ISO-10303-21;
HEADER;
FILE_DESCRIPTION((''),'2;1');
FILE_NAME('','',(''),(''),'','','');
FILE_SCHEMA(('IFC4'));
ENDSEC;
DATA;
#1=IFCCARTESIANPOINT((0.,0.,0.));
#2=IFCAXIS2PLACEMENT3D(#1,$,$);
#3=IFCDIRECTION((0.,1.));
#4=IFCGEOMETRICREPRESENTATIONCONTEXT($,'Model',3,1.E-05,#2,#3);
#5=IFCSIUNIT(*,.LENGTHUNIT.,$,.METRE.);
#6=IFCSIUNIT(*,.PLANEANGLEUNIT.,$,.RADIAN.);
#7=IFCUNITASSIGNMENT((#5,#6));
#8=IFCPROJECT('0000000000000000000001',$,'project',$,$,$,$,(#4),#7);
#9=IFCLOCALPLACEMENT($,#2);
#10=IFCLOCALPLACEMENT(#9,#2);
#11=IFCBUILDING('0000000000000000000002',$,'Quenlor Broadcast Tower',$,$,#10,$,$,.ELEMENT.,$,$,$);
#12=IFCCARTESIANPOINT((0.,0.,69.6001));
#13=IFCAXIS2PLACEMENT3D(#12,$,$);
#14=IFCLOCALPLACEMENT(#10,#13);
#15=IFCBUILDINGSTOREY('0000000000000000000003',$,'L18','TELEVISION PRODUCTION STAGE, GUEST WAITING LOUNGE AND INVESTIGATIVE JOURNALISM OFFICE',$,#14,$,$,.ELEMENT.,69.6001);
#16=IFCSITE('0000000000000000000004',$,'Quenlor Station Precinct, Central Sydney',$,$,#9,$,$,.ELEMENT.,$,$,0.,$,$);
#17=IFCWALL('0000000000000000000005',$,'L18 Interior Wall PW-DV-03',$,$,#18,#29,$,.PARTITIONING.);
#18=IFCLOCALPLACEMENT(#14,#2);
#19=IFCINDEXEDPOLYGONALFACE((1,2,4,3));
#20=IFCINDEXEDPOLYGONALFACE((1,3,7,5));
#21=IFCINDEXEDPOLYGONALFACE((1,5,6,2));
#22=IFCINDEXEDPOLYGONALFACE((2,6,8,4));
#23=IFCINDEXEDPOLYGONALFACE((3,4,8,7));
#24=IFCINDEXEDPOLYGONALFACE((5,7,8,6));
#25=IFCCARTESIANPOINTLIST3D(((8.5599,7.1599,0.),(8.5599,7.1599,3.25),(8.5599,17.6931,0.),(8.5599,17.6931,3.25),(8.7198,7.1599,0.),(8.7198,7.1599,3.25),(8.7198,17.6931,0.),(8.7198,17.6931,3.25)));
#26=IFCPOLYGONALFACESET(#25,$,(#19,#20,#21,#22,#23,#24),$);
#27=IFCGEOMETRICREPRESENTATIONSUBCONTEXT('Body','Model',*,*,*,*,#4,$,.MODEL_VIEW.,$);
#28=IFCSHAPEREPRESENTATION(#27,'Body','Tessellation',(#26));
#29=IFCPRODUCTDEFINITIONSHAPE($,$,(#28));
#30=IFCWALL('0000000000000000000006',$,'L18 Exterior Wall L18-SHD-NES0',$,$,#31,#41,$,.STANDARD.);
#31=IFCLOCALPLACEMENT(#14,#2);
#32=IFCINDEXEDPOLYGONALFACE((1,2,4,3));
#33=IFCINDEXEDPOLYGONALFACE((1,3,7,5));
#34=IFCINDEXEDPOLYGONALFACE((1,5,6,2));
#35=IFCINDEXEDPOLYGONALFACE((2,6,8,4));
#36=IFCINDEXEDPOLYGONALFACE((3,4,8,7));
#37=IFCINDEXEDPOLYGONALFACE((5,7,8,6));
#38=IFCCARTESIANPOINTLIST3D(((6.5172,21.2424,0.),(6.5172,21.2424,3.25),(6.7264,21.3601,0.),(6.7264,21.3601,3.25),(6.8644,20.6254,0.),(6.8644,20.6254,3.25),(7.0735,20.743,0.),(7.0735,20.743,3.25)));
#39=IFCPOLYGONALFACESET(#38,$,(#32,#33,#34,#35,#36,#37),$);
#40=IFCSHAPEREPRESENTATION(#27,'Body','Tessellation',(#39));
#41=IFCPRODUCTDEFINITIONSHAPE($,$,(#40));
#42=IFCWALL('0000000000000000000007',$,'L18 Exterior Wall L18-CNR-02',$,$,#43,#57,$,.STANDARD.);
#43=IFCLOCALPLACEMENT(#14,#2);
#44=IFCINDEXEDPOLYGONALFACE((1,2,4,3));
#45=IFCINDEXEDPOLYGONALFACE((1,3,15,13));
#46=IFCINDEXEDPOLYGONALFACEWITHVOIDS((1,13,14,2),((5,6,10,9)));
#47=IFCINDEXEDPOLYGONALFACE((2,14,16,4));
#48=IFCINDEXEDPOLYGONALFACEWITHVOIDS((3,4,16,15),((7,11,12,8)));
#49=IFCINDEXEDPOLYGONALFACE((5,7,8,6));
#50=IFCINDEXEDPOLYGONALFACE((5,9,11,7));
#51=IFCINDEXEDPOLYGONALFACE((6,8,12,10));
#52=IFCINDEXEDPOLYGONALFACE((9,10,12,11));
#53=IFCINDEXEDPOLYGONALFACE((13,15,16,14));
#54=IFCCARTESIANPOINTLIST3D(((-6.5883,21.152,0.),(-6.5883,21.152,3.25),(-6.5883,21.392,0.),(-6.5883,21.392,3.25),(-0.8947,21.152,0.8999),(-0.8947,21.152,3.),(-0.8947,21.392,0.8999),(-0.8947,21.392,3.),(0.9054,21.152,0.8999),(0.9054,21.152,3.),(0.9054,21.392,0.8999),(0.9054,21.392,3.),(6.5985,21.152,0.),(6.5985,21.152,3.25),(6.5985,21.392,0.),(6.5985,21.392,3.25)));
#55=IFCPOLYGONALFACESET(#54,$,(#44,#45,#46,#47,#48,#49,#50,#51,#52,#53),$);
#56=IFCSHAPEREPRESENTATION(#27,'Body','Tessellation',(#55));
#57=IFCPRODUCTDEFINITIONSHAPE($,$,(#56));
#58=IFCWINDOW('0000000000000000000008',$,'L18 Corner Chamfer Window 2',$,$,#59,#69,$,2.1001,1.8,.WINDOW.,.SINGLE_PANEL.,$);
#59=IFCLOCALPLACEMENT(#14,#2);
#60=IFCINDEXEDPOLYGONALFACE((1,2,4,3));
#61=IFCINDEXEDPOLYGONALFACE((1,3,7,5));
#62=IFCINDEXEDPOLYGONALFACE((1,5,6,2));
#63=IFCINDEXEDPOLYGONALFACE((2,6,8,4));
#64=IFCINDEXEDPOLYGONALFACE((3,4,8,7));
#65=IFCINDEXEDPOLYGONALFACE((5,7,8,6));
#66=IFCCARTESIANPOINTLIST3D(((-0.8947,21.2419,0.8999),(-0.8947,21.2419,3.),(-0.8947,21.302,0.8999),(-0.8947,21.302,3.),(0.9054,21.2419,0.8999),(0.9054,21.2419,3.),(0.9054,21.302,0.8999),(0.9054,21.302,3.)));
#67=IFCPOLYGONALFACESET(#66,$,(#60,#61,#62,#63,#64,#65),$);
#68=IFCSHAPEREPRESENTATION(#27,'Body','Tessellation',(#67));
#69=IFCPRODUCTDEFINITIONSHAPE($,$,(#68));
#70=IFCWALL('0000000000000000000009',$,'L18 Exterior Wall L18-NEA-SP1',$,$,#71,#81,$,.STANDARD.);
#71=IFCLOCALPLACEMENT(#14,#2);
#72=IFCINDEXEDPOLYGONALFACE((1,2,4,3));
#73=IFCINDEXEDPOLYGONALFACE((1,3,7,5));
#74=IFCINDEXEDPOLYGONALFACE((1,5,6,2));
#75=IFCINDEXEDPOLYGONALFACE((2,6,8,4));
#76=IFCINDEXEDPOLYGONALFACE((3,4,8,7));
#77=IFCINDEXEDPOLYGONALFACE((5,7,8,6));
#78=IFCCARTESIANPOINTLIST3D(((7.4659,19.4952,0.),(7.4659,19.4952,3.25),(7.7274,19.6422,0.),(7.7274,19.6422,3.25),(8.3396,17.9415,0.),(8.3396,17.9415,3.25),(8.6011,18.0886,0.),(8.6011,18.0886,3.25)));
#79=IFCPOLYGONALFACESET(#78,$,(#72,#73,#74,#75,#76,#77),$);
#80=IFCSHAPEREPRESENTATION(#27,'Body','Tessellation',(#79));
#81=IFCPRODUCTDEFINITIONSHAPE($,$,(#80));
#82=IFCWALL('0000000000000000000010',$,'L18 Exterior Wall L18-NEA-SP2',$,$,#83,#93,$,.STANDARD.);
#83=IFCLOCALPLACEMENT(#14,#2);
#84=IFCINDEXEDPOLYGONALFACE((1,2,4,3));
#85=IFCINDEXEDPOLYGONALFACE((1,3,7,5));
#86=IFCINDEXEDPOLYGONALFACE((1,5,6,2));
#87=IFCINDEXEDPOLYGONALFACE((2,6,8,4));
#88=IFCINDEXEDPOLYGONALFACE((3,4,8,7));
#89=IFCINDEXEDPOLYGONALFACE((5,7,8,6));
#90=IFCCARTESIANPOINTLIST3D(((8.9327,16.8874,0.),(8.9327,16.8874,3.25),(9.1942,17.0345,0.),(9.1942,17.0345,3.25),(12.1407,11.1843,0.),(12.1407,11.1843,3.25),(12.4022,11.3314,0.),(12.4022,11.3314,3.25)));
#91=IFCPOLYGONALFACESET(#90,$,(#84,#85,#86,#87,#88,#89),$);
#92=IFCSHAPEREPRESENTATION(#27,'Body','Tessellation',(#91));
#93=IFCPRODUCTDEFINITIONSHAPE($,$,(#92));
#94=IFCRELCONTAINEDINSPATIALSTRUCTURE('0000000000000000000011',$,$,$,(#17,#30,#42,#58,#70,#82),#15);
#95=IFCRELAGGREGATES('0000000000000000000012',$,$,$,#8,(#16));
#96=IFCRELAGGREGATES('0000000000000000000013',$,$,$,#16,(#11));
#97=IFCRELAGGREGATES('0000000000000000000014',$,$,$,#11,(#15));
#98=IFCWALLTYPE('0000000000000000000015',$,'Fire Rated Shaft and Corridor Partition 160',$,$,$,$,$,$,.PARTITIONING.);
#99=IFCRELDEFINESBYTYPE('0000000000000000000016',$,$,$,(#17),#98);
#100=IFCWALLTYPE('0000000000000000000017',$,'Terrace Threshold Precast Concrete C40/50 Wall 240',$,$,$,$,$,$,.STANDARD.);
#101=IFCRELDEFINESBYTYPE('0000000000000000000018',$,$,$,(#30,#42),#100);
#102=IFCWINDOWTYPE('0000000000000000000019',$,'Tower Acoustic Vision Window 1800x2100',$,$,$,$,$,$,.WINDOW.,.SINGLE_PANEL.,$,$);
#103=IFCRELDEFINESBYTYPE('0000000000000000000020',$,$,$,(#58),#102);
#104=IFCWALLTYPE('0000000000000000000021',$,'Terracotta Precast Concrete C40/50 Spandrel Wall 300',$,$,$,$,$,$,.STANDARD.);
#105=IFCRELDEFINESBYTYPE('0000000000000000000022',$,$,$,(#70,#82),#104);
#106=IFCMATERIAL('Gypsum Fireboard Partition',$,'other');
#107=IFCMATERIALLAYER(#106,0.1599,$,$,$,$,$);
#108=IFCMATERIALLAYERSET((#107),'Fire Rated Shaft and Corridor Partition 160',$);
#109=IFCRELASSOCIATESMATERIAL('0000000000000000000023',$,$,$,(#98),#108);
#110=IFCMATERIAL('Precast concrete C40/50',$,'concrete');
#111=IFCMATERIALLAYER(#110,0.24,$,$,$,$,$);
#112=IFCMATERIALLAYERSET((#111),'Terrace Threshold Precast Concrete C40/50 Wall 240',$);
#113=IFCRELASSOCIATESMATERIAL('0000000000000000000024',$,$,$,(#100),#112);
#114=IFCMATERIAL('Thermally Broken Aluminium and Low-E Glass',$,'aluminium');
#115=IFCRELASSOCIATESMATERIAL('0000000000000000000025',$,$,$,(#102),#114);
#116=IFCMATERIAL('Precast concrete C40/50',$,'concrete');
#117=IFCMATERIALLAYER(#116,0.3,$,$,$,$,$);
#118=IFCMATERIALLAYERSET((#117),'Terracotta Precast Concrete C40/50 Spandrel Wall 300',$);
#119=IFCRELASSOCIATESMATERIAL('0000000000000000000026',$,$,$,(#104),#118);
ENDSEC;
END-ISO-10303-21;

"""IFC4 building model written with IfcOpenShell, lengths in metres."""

from ifc_helpers import new_model, si_unit, direction, frame, frame_2d, origin, place, context, subcontext, project, spatial, rectangle, extrude, material, layer, layer_set, type_object, element, fill, save


model = new_model("IFC4")

# Units and contexts
model_context = context("Model", 3, precision=1e-05, world=origin(), true_north=direction((0.0, 1.0)))
body_context = subcontext(model_context, "Body", "Model", "MODEL_VIEW")
ifc_project = project(units=[si_unit("LENGTHUNIT", "METRE"), si_unit("PLANEANGLEUNIT", "RADIAN")], contexts=[model_context])

# Site, building, storey
site_placement = place(None, origin())
site = spatial("IfcSite", under=ifc_project, at=site_placement, Name="Quenlor Station Precinct, Central Sydney", CompositionType="ELEMENT", RefElevation=0.0)
building_placement = place(site_placement, origin())
building = spatial("IfcBuilding", under=site, at=building_placement, Name="Quenlor Broadcast Tower", CompositionType="ELEMENT")
storey_placement = place(building_placement, frame((0.0, 0.0, 69.6001)))
storey = spatial("IfcBuildingStorey", under=building, at=storey_placement, Name="L18", Description="TELEVISION PRODUCTION STAGE, GUEST WAITING LOUNGE AND INVESTIGATIVE JOURNALISM OFFICE", CompositionType="ELEMENT", Elevation=69.6001)

# Walls
ifc_material_1 = material(Name="Gypsum Fireboard Partition", Category="other")
ifc_layer_1 = layer(ifc_material_1, 0.1599)
ifc_layer_set_1 = layer_set([ifc_layer_1], Name="Fire Rated Shaft and Corridor Partition 160")
wall_type_1 = type_object("IfcWallType", Name="Fire Rated Shaft and Corridor Partition 160", PredefinedType="PARTITIONING", material=ifc_layer_set_1)
wall_1_placement = place(storey_placement, frame((8.6399, 17.6931, 0.0), z_axis=(0.0, 0.0, 1.0), x_axis=(0.0, -1.0, 0.0)))
element("IfcWall", 1, at=wall_1_placement, inside=storey, type_object=wall_type_1, Name="L18 Interior Wall PW-DV-03", PredefinedType="PARTITIONING", context=body_context, shape_type="SweptSolid", body=[
    extrude(rectangle(XDim=10.5332, YDim=0.1599, at=frame_2d((5.2666, 0.0))), origin(), (0.0, 0.0, 1.0), 3.25),
])
ifc_material_2 = material(Name="Precast concrete C40/50", Category="concrete")
ifc_layer_2 = layer(ifc_material_2, 0.24)
ifc_layer_set_2 = layer_set([ifc_layer_2], Name="Terrace Threshold Precast Concrete C40/50 Wall 240")
wall_type_2 = type_object("IfcWallType", Name="Terrace Threshold Precast Concrete C40/50 Wall 240", PredefinedType="STANDARD", material=ifc_layer_set_2)
wall_2_placement = place(storey_placement, frame((6.6218, 21.3013, 0.0), z_axis=(0.0, 0.0, 1.0), x_axis=(0.490261, -0.871576, 0.0)))
element("IfcWall", 2, at=wall_2_placement, inside=storey, type_object=wall_type_2, Name="L18 Exterior Wall L18-SHD-NES0", PredefinedType="STANDARD", context=body_context, shape_type="SweptSolid", body=[
    extrude(rectangle(XDim=0.708, YDim=0.24, at=frame_2d((0.354, 0.0))), origin(), (0.0, 0.0, 1.0), 3.25),
])

# Wall, opening, window
wall_3_placement = place(storey_placement, frame((6.5984, 21.272, 0.0), z_axis=(0.0, 0.0, 1.0), x_axis=(-1.0, 0.0, 0.0)))
wall_3 = element("IfcWall", 3, at=wall_3_placement, inside=storey, type_object=wall_type_2, Name="L18 Exterior Wall L18-CNR-02", PredefinedType="STANDARD", context=body_context, shape_type="SweptSolid", body=[
    extrude(rectangle(XDim=13.1868, YDim=0.24, at=frame_2d((6.5933, 0.0))), origin(), (0.0, 0.0, 1.0), 3.25),
])
opening_placement = place(wall_3_placement, frame((5.6931, 0.0, 0.8999)))
opening = element("IfcOpeningElement", 4, at=opening_placement, cuts=wall_3, PredefinedType="OPENING", context=body_context, shape_type="SweptSolid", body=[
    extrude(rectangle(XDim=1.8, YDim=2.1001, at=frame_2d((0.8999, 1.05))), frame((0.0, 0.1299, 0.0), z_axis=(0.0, -1.0, 0.0), x_axis=(1.0, 0.0, 0.0)), (0.0, 0.0, 1.0), 0.26),
])
ifc_material_3 = material(Name="Thermally Broken Aluminium and Low-E Glass", Category="aluminium")
window_type = type_object("IfcWindowType", Name="Tower Acoustic Vision Window 1800x2100", PartitioningType="SINGLE_PANEL", PredefinedType="WINDOW", material=ifc_material_3)
window_placement = place(opening_placement, origin())
window = element("IfcWindow", 5, at=window_placement, inside=storey, type_object=window_type, Name="L18 Corner Chamfer Window 2", OverallHeight=2.1001, OverallWidth=1.8, PartitioningType="SINGLE_PANEL", PredefinedType="WINDOW", context=body_context, shape_type="SweptSolid", body=[
    extrude(rectangle(XDim=1.8, YDim=2.1001, at=frame_2d((0.8999, 1.05))), frame((0.0, 0.03, 0.0), z_axis=(0.0, -1.0, 0.0), x_axis=(1.0, 0.0, 0.0)), (0.0, 0.0, 1.0), 0.0601),
])
fill(opening, window)

# Walls
ifc_material_4 = material(Name="Precast concrete C40/50", Category="concrete")
ifc_layer_3 = layer(ifc_material_4, 0.3)
ifc_layer_set_3 = layer_set([ifc_layer_3], Name="Terracotta Precast Concrete C40/50 Spandrel Wall 300")
wall_type_3 = type_object("IfcWallType", Name="Terracotta Precast Concrete C40/50 Spandrel Wall 300", PredefinedType="STANDARD", material=ifc_layer_set_3)
wall_4_placement = place(storey_placement, frame((7.5967, 19.5686, 0.0), z_axis=(0.0, 0.0, 1.0), x_axis=(0.490183, -0.871619, 0.0)))
element("IfcWall", 6, at=wall_4_placement, inside=storey, type_object=wall_type_3, Name="L18 Exterior Wall L18-NEA-SP1", PredefinedType="STANDARD", context=body_context, shape_type="SweptSolid", body=[
    extrude(rectangle(XDim=1.7825, YDim=0.3, at=frame_2d((0.8911, 0.0))), origin(), (0.0, 0.0, 1.0), 3.25),
])
wall_5_placement = place(storey_placement, frame((9.0635, 16.9609, 0.0), z_axis=(0.0, 0.0, 1.0), x_axis=(0.490261, -0.871576, 0.0)))
element("IfcWall", 7, at=wall_5_placement, inside=storey, type_object=wall_type_3, Name="L18 Exterior Wall L18-NEA-SP2", PredefinedType="STANDARD", context=body_context, shape_type="SweptSolid", body=[
    extrude(rectangle(XDim=6.5435, YDim=0.3, at=frame_2d((3.2717, 0.0))), origin(), (0.0, 0.0, 1.0), 3.25),
])

save(model, "model.ifc")
